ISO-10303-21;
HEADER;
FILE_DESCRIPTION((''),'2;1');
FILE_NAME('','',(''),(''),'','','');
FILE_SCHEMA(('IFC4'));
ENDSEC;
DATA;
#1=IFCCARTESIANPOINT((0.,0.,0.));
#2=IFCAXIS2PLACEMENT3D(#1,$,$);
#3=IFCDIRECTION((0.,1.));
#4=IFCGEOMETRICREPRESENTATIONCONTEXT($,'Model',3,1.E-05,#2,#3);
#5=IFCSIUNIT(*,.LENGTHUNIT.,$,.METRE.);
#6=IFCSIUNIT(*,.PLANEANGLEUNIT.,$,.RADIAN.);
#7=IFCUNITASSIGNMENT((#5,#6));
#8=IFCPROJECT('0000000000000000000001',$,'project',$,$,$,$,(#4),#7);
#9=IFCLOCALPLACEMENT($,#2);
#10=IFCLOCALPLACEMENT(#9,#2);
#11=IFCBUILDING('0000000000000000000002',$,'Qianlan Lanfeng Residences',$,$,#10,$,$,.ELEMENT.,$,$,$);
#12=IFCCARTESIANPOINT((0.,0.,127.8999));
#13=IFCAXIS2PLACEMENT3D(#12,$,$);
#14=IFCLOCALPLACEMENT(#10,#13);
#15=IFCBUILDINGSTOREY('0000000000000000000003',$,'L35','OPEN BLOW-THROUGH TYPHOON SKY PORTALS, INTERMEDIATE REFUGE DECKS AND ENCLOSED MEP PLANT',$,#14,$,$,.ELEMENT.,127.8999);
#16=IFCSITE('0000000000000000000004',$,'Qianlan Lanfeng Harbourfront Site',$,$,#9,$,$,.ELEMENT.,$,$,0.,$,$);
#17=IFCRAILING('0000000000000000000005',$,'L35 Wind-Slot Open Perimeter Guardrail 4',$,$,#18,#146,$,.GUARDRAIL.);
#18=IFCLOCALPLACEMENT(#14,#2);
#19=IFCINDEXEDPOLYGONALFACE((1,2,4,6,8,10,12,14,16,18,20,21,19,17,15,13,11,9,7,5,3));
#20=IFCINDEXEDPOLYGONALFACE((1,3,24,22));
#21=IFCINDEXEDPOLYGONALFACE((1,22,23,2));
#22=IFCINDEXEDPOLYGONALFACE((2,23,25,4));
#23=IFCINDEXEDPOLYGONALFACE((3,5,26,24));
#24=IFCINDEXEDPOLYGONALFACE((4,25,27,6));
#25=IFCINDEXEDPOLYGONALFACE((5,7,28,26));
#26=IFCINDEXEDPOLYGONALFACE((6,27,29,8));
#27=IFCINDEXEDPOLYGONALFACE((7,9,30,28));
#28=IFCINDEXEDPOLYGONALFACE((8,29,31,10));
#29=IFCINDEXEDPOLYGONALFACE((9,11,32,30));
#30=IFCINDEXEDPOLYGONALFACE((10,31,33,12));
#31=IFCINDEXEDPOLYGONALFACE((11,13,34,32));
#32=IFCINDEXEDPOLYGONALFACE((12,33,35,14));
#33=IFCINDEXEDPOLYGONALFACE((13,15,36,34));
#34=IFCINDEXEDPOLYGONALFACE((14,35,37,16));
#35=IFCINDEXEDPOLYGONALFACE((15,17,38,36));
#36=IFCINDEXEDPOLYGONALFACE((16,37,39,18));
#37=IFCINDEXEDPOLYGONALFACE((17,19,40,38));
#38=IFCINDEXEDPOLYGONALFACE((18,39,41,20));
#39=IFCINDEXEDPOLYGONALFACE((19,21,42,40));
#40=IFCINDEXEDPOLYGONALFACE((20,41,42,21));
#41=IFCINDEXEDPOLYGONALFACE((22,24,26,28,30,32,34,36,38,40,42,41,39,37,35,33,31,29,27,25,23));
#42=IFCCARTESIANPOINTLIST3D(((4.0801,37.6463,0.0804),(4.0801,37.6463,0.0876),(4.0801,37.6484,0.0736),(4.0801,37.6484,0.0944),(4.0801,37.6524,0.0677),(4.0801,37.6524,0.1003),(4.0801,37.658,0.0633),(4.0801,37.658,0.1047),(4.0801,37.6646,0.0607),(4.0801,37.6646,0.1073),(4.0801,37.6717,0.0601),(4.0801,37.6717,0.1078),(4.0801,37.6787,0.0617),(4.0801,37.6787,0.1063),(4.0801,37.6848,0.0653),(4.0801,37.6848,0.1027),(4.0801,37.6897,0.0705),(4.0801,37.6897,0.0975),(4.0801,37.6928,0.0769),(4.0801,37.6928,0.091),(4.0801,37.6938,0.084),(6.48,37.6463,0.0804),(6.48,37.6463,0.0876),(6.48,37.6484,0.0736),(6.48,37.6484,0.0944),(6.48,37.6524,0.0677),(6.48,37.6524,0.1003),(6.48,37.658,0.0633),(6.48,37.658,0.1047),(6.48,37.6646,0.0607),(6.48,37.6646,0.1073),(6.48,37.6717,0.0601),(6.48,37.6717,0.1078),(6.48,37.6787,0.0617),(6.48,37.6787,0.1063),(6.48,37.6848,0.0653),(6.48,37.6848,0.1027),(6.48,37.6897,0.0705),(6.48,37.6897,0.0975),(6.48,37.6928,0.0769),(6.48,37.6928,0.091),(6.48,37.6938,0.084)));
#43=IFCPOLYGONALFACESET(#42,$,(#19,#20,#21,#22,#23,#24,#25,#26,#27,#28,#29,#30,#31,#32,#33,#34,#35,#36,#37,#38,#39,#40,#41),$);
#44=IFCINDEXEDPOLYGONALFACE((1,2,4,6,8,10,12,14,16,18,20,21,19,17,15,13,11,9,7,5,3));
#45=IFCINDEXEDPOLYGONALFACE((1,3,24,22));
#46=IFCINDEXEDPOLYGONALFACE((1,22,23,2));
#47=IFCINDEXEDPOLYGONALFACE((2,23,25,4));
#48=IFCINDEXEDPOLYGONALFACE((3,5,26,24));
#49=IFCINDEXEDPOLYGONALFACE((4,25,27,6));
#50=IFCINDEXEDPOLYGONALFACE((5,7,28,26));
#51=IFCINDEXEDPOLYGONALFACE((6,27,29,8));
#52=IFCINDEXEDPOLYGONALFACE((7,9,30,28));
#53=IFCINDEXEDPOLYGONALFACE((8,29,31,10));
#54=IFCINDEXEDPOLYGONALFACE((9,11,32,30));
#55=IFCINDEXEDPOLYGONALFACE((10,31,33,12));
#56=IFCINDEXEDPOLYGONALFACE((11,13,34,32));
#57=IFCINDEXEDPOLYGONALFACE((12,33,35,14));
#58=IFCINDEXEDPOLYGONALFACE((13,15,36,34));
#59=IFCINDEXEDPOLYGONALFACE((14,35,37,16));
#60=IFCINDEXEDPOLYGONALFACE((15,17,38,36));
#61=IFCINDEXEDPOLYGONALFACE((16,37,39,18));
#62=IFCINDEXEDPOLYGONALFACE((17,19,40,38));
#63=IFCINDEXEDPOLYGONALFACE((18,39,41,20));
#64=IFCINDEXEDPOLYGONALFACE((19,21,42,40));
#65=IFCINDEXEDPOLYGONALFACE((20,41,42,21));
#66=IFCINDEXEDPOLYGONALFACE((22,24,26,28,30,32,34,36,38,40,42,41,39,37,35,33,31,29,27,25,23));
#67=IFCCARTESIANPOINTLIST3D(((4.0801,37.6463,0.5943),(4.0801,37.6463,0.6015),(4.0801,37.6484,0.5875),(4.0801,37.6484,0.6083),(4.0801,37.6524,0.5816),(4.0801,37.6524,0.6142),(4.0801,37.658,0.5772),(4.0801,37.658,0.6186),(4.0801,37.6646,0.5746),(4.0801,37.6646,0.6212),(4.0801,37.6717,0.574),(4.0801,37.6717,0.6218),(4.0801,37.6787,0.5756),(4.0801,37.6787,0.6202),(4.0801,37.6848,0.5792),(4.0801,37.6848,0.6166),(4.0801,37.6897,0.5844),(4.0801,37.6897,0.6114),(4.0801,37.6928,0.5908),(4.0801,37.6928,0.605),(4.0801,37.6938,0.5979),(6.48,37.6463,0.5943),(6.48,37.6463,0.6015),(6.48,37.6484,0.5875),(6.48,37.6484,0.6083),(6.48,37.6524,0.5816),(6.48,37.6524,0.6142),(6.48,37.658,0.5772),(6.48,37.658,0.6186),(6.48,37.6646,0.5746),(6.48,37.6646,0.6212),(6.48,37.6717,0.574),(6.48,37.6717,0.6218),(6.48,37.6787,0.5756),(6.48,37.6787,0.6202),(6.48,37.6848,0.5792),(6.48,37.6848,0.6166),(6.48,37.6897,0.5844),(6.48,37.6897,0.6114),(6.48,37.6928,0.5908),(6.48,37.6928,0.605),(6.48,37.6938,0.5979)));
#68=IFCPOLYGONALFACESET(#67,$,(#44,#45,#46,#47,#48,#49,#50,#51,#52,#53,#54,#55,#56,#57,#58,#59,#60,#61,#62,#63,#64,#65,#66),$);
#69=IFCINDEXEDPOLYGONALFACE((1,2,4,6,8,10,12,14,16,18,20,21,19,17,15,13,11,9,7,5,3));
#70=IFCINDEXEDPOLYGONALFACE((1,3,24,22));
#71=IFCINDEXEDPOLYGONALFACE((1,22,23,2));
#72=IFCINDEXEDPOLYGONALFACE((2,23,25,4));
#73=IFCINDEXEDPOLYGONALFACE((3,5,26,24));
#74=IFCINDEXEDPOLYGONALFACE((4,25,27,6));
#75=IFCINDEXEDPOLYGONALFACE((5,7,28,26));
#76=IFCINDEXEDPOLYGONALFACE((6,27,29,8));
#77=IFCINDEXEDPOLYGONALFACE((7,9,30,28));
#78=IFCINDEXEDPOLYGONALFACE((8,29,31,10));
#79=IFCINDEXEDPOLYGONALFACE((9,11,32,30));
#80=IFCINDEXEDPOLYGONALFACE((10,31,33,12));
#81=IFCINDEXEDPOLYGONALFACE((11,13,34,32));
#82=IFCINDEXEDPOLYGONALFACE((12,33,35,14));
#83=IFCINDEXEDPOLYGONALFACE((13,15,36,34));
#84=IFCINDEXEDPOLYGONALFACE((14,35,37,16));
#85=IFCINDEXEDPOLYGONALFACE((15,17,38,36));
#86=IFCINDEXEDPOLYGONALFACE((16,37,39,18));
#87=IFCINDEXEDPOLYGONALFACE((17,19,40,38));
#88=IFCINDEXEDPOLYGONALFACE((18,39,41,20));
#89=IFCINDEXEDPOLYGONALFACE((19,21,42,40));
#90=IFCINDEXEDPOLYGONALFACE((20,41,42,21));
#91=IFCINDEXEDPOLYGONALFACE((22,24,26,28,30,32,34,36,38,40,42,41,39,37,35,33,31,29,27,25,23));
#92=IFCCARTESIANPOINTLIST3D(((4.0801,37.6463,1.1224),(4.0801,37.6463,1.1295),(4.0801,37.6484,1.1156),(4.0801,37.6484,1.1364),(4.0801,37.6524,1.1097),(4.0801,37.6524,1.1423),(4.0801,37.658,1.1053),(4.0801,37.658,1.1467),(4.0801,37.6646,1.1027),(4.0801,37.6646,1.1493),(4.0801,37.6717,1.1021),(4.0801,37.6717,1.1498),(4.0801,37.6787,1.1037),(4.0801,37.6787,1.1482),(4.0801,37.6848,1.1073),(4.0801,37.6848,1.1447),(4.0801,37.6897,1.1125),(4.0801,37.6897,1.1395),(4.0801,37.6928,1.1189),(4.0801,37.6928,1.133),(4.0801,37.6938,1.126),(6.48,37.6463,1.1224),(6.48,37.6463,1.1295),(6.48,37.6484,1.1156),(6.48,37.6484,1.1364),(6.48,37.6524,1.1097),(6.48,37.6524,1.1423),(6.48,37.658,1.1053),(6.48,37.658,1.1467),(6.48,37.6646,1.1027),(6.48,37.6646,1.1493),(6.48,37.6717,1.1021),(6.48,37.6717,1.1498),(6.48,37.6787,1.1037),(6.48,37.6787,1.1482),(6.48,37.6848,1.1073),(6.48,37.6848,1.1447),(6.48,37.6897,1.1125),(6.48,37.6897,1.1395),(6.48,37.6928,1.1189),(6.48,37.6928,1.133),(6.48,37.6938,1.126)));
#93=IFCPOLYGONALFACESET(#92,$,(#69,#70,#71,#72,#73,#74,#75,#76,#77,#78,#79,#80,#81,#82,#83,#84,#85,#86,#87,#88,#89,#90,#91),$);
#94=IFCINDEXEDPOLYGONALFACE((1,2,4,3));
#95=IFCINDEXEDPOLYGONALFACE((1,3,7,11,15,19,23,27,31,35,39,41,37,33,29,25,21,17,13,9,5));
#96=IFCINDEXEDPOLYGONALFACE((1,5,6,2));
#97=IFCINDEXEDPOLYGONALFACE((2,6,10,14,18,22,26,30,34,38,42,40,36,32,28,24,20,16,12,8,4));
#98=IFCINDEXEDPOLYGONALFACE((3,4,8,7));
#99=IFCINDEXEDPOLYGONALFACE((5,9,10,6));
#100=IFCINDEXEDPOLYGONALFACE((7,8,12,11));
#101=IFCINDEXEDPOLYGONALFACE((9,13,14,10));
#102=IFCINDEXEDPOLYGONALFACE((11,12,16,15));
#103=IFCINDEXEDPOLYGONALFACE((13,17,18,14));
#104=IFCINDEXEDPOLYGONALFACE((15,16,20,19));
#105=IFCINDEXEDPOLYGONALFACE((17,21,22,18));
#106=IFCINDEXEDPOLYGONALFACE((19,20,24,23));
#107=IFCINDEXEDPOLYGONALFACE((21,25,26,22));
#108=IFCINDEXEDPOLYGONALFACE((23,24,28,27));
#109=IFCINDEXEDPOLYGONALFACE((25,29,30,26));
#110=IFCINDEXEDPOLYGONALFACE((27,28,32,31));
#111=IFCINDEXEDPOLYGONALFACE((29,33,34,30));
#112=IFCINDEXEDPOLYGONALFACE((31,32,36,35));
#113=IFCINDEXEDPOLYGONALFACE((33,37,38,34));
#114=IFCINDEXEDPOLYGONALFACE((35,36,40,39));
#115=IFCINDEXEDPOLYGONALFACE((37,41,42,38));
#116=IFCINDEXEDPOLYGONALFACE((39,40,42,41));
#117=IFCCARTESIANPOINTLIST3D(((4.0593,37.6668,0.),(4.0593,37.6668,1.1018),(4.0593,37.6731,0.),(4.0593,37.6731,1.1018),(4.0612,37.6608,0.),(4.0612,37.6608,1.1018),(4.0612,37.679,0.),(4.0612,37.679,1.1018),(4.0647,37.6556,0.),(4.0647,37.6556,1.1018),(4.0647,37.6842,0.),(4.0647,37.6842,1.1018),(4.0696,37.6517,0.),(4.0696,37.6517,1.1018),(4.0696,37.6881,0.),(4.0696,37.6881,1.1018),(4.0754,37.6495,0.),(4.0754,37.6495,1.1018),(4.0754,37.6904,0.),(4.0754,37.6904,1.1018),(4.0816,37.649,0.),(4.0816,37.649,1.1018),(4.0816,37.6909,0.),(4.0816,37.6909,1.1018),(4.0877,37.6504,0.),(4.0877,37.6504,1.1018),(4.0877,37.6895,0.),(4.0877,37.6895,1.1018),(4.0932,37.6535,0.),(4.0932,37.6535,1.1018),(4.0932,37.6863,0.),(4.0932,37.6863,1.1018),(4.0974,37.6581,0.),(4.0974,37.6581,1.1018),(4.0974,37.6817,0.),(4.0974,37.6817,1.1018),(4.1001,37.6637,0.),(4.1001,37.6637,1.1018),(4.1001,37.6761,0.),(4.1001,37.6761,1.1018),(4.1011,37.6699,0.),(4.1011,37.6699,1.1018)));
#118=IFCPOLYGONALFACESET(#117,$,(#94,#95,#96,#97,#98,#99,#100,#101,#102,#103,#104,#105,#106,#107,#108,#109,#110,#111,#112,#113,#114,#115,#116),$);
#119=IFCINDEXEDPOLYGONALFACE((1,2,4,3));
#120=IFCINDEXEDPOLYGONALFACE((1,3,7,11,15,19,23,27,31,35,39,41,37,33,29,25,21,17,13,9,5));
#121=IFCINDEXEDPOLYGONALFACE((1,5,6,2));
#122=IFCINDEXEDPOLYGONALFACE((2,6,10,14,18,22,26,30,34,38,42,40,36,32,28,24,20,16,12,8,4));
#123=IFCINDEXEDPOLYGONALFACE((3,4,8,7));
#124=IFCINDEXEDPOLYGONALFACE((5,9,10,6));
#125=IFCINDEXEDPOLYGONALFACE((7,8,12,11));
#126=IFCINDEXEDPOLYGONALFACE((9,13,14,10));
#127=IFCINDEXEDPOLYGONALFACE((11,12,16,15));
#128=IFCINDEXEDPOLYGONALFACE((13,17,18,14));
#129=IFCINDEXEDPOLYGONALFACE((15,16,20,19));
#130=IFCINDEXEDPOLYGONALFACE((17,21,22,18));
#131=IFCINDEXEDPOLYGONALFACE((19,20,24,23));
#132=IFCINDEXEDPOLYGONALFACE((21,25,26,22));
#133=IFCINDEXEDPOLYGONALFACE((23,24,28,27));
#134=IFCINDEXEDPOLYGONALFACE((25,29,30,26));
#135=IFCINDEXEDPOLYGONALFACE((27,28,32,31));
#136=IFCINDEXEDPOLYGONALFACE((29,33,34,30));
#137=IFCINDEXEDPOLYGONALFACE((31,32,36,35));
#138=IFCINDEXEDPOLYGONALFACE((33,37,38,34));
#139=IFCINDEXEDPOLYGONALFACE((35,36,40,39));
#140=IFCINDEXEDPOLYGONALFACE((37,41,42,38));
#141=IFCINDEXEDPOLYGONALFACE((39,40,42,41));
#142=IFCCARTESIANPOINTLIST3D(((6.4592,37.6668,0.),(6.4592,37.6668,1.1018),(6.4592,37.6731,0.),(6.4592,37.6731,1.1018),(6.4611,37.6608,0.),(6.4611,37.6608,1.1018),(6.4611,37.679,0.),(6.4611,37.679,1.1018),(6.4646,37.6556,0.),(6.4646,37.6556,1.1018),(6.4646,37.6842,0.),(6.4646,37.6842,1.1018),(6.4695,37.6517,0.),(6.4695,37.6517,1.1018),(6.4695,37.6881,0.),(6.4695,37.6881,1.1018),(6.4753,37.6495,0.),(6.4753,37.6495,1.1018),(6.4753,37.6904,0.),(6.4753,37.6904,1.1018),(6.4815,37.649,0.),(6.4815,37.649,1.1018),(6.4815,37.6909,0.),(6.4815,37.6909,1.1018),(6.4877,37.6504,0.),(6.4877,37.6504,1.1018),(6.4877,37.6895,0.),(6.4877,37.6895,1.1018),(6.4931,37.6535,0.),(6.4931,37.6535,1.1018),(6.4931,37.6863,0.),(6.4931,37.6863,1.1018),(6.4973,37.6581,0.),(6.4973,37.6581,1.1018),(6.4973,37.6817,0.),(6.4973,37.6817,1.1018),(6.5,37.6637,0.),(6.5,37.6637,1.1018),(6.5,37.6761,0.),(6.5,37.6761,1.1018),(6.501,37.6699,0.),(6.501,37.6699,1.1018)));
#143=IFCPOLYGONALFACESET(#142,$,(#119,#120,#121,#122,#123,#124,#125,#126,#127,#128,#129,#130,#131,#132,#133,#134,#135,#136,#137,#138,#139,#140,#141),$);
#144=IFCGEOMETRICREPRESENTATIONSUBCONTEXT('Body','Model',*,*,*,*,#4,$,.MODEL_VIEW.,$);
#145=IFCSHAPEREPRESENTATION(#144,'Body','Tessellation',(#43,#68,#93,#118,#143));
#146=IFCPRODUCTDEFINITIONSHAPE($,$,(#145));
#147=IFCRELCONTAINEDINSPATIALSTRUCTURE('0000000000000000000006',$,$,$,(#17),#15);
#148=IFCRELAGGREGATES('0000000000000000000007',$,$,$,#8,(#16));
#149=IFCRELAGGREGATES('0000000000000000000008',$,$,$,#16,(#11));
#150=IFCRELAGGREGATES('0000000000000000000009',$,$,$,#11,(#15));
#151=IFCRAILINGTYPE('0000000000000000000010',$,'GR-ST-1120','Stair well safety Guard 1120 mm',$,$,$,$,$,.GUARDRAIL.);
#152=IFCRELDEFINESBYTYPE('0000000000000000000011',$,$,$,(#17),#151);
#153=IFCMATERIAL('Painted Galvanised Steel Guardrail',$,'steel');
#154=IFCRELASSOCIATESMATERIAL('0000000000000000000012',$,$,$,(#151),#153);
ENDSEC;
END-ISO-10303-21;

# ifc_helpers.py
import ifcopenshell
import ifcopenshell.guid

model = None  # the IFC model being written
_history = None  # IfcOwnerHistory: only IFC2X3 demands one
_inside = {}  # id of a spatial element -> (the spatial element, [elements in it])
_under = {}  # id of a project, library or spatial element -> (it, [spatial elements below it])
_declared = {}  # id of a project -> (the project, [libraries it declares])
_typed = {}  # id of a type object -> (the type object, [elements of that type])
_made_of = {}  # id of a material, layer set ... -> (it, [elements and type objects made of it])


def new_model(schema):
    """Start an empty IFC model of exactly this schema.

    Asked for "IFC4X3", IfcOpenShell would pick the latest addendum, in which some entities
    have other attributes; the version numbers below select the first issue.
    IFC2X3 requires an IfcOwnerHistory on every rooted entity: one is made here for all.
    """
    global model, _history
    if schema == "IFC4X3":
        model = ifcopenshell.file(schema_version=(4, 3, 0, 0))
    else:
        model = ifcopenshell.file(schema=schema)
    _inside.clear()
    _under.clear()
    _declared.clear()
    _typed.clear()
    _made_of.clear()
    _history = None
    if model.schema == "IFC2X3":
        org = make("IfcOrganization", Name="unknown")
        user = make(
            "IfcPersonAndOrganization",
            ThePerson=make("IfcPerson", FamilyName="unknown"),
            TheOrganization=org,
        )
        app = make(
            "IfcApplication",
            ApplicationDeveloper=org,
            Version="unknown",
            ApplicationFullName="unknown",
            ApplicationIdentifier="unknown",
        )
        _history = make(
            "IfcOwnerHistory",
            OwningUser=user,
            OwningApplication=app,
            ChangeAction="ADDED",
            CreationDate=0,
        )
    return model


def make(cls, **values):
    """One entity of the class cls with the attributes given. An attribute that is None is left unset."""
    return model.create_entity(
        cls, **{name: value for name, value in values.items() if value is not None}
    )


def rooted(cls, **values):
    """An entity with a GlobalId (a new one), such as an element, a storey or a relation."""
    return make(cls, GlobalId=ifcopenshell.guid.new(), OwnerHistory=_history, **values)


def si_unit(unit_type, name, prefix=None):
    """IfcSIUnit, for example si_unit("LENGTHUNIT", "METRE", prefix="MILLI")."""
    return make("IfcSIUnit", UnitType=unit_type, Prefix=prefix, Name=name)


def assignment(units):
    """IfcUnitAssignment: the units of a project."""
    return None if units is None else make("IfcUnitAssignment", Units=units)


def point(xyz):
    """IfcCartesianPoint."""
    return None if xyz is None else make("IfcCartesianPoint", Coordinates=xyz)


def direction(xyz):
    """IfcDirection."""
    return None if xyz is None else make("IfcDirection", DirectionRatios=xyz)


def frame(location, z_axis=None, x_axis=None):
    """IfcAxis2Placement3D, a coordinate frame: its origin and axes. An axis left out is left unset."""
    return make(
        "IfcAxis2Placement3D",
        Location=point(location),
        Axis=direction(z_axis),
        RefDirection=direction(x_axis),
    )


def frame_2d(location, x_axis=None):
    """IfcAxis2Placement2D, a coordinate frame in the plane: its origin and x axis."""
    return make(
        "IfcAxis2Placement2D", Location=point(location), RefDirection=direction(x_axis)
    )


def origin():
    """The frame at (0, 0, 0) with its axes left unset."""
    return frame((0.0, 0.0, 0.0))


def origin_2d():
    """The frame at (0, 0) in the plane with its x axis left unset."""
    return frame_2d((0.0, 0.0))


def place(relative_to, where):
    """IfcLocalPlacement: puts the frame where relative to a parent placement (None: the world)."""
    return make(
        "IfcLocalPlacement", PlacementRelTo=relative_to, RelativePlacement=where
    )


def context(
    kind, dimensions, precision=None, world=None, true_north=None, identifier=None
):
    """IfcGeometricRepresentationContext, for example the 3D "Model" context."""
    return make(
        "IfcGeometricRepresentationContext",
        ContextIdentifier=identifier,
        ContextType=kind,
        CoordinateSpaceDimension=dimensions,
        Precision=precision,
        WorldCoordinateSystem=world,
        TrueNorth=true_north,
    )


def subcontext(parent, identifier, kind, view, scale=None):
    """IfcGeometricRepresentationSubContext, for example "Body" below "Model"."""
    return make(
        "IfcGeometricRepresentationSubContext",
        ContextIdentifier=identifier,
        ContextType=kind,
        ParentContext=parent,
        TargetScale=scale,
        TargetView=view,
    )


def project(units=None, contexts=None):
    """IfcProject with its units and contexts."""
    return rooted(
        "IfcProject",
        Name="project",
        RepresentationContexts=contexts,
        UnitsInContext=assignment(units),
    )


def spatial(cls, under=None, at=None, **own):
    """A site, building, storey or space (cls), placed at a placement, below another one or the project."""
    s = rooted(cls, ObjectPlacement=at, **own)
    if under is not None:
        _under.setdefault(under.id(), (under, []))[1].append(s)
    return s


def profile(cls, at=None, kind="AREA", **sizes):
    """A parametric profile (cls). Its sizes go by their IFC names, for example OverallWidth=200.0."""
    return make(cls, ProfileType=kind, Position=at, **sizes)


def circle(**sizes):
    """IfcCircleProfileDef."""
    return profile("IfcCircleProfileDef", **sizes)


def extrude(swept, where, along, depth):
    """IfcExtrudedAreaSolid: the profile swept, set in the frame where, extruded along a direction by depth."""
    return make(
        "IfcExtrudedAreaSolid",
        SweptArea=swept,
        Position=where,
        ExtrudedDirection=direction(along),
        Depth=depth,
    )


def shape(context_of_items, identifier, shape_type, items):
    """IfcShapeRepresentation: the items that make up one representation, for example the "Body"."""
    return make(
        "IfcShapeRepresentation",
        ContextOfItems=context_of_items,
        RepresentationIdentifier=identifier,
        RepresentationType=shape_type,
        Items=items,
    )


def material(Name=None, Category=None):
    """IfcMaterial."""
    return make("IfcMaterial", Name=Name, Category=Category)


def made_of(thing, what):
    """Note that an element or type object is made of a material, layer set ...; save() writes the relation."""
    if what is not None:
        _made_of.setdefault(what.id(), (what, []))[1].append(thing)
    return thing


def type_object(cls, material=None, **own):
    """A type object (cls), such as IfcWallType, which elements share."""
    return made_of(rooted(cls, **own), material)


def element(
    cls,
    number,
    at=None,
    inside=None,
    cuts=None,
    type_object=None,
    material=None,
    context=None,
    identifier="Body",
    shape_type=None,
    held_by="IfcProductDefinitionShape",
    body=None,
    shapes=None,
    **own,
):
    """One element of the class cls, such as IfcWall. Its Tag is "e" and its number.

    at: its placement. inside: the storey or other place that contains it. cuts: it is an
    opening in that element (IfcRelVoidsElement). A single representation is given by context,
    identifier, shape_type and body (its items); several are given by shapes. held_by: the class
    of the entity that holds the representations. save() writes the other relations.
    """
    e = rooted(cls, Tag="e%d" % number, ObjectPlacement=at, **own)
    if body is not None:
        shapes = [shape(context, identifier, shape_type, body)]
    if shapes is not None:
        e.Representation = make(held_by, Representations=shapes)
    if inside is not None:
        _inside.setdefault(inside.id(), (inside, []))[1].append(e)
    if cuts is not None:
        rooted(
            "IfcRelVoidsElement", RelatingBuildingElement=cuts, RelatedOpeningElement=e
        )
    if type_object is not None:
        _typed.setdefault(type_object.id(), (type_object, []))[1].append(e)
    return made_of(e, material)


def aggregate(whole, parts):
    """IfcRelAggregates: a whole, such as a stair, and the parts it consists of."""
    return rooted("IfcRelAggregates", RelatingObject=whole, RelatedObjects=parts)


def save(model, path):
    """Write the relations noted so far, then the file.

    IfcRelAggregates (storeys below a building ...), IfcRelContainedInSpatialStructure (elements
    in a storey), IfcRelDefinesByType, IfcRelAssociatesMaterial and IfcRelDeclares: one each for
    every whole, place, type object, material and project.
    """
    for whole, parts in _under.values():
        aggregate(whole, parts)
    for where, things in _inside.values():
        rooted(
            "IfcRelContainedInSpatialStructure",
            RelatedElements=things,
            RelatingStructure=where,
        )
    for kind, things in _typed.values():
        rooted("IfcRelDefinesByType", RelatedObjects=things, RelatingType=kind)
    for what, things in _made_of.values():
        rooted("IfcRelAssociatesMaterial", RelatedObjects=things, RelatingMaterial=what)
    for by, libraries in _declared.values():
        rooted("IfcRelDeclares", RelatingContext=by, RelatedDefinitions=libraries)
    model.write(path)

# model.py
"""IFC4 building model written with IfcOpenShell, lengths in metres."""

from ifc_helpers import new_model, si_unit, direction, frame, origin, origin_2d, place, context, subcontext, project, spatial, circle, extrude, material, type_object, element, save


model = new_model("IFC4")

# Units and contexts
model_context = context("Model", 3, precision=1e-05, world=origin(), true_north=direction((0.0, 1.0)))
body_context = subcontext(model_context, "Body", "Model", "MODEL_VIEW")
ifc_project = project(units=[si_unit("LENGTHUNIT", "METRE"), si_unit("PLANEANGLEUNIT", "RADIAN")], contexts=[model_context])

# Site, building, storey
site_placement = place(None, origin())
site = spatial("IfcSite", under=ifc_project, at=site_placement, Name="Qianlan Lanfeng Harbourfront Site", CompositionType="ELEMENT", RefElevation=0.0)
building_placement = place(site_placement, origin())
building = spatial("IfcBuilding", under=site, at=building_placement, Name="Qianlan Lanfeng Residences", CompositionType="ELEMENT")
storey_placement = place(building_placement, frame((0.0, 0.0, 127.8999)))
storey = spatial("IfcBuildingStorey", under=building, at=storey_placement, Name="L35", Description="OPEN BLOW-THROUGH TYPHOON SKY PORTALS, INTERMEDIATE REFUGE DECKS AND ENCLOSED MEP PLANT", CompositionType="ELEMENT", Elevation=127.8999)

# Railing
ifc_material_1 = material(Name="Painted Galvanised Steel Guardrail", Category="steel")
railing_type_1 = type_object("IfcRailingType", Name="GR-ST-1120", Description="Stair well safety Guard 1120 mm", PredefinedType="GUARDRAIL", material=ifc_material_1)
railing_1_placement = place(storey_placement, frame((4.0801, 37.6699, 0.0)))
element("IfcRailing", 1, at=railing_1_placement, inside=storey, type_object=railing_type_1, Name="L35 Wind-Slot Open Perimeter Guardrail 4", PredefinedType="GUARDRAIL", context=body_context, shape_type="SweptSolid", body=[
    extrude(circle(Radius=0.0239, at=origin_2d()), frame((0.0, 0.0, 0.084), z_axis=(1.0, 0.0, 0.0), x_axis=(0.0, 1.0, 0.0)), (0.0, 0.0, 1.0), 2.3999),
    extrude(circle(Radius=0.0239, at=origin_2d()), frame((0.0, 0.0, 0.5979), z_axis=(1.0, 0.0, 0.0), x_axis=(0.0, 1.0, 0.0)), (0.0, 0.0, 1.0), 2.3999),
    extrude(circle(Radius=0.0239, at=origin_2d()), frame((0.0, 0.0, 1.126), z_axis=(1.0, 0.0, 0.0), x_axis=(0.0, 1.0, 0.0)), (0.0, 0.0, 1.0), 2.3999),
    extrude(circle(Radius=0.021, at=origin_2d()), origin(), (0.0, 0.0, 1.0), 1.1018),
    extrude(circle(Radius=0.021, at=origin_2d()), frame((2.3999, 0.0, 0.0)), (0.0, 0.0, 1.0), 1.1018),
])

save(model, "model.ifc")
